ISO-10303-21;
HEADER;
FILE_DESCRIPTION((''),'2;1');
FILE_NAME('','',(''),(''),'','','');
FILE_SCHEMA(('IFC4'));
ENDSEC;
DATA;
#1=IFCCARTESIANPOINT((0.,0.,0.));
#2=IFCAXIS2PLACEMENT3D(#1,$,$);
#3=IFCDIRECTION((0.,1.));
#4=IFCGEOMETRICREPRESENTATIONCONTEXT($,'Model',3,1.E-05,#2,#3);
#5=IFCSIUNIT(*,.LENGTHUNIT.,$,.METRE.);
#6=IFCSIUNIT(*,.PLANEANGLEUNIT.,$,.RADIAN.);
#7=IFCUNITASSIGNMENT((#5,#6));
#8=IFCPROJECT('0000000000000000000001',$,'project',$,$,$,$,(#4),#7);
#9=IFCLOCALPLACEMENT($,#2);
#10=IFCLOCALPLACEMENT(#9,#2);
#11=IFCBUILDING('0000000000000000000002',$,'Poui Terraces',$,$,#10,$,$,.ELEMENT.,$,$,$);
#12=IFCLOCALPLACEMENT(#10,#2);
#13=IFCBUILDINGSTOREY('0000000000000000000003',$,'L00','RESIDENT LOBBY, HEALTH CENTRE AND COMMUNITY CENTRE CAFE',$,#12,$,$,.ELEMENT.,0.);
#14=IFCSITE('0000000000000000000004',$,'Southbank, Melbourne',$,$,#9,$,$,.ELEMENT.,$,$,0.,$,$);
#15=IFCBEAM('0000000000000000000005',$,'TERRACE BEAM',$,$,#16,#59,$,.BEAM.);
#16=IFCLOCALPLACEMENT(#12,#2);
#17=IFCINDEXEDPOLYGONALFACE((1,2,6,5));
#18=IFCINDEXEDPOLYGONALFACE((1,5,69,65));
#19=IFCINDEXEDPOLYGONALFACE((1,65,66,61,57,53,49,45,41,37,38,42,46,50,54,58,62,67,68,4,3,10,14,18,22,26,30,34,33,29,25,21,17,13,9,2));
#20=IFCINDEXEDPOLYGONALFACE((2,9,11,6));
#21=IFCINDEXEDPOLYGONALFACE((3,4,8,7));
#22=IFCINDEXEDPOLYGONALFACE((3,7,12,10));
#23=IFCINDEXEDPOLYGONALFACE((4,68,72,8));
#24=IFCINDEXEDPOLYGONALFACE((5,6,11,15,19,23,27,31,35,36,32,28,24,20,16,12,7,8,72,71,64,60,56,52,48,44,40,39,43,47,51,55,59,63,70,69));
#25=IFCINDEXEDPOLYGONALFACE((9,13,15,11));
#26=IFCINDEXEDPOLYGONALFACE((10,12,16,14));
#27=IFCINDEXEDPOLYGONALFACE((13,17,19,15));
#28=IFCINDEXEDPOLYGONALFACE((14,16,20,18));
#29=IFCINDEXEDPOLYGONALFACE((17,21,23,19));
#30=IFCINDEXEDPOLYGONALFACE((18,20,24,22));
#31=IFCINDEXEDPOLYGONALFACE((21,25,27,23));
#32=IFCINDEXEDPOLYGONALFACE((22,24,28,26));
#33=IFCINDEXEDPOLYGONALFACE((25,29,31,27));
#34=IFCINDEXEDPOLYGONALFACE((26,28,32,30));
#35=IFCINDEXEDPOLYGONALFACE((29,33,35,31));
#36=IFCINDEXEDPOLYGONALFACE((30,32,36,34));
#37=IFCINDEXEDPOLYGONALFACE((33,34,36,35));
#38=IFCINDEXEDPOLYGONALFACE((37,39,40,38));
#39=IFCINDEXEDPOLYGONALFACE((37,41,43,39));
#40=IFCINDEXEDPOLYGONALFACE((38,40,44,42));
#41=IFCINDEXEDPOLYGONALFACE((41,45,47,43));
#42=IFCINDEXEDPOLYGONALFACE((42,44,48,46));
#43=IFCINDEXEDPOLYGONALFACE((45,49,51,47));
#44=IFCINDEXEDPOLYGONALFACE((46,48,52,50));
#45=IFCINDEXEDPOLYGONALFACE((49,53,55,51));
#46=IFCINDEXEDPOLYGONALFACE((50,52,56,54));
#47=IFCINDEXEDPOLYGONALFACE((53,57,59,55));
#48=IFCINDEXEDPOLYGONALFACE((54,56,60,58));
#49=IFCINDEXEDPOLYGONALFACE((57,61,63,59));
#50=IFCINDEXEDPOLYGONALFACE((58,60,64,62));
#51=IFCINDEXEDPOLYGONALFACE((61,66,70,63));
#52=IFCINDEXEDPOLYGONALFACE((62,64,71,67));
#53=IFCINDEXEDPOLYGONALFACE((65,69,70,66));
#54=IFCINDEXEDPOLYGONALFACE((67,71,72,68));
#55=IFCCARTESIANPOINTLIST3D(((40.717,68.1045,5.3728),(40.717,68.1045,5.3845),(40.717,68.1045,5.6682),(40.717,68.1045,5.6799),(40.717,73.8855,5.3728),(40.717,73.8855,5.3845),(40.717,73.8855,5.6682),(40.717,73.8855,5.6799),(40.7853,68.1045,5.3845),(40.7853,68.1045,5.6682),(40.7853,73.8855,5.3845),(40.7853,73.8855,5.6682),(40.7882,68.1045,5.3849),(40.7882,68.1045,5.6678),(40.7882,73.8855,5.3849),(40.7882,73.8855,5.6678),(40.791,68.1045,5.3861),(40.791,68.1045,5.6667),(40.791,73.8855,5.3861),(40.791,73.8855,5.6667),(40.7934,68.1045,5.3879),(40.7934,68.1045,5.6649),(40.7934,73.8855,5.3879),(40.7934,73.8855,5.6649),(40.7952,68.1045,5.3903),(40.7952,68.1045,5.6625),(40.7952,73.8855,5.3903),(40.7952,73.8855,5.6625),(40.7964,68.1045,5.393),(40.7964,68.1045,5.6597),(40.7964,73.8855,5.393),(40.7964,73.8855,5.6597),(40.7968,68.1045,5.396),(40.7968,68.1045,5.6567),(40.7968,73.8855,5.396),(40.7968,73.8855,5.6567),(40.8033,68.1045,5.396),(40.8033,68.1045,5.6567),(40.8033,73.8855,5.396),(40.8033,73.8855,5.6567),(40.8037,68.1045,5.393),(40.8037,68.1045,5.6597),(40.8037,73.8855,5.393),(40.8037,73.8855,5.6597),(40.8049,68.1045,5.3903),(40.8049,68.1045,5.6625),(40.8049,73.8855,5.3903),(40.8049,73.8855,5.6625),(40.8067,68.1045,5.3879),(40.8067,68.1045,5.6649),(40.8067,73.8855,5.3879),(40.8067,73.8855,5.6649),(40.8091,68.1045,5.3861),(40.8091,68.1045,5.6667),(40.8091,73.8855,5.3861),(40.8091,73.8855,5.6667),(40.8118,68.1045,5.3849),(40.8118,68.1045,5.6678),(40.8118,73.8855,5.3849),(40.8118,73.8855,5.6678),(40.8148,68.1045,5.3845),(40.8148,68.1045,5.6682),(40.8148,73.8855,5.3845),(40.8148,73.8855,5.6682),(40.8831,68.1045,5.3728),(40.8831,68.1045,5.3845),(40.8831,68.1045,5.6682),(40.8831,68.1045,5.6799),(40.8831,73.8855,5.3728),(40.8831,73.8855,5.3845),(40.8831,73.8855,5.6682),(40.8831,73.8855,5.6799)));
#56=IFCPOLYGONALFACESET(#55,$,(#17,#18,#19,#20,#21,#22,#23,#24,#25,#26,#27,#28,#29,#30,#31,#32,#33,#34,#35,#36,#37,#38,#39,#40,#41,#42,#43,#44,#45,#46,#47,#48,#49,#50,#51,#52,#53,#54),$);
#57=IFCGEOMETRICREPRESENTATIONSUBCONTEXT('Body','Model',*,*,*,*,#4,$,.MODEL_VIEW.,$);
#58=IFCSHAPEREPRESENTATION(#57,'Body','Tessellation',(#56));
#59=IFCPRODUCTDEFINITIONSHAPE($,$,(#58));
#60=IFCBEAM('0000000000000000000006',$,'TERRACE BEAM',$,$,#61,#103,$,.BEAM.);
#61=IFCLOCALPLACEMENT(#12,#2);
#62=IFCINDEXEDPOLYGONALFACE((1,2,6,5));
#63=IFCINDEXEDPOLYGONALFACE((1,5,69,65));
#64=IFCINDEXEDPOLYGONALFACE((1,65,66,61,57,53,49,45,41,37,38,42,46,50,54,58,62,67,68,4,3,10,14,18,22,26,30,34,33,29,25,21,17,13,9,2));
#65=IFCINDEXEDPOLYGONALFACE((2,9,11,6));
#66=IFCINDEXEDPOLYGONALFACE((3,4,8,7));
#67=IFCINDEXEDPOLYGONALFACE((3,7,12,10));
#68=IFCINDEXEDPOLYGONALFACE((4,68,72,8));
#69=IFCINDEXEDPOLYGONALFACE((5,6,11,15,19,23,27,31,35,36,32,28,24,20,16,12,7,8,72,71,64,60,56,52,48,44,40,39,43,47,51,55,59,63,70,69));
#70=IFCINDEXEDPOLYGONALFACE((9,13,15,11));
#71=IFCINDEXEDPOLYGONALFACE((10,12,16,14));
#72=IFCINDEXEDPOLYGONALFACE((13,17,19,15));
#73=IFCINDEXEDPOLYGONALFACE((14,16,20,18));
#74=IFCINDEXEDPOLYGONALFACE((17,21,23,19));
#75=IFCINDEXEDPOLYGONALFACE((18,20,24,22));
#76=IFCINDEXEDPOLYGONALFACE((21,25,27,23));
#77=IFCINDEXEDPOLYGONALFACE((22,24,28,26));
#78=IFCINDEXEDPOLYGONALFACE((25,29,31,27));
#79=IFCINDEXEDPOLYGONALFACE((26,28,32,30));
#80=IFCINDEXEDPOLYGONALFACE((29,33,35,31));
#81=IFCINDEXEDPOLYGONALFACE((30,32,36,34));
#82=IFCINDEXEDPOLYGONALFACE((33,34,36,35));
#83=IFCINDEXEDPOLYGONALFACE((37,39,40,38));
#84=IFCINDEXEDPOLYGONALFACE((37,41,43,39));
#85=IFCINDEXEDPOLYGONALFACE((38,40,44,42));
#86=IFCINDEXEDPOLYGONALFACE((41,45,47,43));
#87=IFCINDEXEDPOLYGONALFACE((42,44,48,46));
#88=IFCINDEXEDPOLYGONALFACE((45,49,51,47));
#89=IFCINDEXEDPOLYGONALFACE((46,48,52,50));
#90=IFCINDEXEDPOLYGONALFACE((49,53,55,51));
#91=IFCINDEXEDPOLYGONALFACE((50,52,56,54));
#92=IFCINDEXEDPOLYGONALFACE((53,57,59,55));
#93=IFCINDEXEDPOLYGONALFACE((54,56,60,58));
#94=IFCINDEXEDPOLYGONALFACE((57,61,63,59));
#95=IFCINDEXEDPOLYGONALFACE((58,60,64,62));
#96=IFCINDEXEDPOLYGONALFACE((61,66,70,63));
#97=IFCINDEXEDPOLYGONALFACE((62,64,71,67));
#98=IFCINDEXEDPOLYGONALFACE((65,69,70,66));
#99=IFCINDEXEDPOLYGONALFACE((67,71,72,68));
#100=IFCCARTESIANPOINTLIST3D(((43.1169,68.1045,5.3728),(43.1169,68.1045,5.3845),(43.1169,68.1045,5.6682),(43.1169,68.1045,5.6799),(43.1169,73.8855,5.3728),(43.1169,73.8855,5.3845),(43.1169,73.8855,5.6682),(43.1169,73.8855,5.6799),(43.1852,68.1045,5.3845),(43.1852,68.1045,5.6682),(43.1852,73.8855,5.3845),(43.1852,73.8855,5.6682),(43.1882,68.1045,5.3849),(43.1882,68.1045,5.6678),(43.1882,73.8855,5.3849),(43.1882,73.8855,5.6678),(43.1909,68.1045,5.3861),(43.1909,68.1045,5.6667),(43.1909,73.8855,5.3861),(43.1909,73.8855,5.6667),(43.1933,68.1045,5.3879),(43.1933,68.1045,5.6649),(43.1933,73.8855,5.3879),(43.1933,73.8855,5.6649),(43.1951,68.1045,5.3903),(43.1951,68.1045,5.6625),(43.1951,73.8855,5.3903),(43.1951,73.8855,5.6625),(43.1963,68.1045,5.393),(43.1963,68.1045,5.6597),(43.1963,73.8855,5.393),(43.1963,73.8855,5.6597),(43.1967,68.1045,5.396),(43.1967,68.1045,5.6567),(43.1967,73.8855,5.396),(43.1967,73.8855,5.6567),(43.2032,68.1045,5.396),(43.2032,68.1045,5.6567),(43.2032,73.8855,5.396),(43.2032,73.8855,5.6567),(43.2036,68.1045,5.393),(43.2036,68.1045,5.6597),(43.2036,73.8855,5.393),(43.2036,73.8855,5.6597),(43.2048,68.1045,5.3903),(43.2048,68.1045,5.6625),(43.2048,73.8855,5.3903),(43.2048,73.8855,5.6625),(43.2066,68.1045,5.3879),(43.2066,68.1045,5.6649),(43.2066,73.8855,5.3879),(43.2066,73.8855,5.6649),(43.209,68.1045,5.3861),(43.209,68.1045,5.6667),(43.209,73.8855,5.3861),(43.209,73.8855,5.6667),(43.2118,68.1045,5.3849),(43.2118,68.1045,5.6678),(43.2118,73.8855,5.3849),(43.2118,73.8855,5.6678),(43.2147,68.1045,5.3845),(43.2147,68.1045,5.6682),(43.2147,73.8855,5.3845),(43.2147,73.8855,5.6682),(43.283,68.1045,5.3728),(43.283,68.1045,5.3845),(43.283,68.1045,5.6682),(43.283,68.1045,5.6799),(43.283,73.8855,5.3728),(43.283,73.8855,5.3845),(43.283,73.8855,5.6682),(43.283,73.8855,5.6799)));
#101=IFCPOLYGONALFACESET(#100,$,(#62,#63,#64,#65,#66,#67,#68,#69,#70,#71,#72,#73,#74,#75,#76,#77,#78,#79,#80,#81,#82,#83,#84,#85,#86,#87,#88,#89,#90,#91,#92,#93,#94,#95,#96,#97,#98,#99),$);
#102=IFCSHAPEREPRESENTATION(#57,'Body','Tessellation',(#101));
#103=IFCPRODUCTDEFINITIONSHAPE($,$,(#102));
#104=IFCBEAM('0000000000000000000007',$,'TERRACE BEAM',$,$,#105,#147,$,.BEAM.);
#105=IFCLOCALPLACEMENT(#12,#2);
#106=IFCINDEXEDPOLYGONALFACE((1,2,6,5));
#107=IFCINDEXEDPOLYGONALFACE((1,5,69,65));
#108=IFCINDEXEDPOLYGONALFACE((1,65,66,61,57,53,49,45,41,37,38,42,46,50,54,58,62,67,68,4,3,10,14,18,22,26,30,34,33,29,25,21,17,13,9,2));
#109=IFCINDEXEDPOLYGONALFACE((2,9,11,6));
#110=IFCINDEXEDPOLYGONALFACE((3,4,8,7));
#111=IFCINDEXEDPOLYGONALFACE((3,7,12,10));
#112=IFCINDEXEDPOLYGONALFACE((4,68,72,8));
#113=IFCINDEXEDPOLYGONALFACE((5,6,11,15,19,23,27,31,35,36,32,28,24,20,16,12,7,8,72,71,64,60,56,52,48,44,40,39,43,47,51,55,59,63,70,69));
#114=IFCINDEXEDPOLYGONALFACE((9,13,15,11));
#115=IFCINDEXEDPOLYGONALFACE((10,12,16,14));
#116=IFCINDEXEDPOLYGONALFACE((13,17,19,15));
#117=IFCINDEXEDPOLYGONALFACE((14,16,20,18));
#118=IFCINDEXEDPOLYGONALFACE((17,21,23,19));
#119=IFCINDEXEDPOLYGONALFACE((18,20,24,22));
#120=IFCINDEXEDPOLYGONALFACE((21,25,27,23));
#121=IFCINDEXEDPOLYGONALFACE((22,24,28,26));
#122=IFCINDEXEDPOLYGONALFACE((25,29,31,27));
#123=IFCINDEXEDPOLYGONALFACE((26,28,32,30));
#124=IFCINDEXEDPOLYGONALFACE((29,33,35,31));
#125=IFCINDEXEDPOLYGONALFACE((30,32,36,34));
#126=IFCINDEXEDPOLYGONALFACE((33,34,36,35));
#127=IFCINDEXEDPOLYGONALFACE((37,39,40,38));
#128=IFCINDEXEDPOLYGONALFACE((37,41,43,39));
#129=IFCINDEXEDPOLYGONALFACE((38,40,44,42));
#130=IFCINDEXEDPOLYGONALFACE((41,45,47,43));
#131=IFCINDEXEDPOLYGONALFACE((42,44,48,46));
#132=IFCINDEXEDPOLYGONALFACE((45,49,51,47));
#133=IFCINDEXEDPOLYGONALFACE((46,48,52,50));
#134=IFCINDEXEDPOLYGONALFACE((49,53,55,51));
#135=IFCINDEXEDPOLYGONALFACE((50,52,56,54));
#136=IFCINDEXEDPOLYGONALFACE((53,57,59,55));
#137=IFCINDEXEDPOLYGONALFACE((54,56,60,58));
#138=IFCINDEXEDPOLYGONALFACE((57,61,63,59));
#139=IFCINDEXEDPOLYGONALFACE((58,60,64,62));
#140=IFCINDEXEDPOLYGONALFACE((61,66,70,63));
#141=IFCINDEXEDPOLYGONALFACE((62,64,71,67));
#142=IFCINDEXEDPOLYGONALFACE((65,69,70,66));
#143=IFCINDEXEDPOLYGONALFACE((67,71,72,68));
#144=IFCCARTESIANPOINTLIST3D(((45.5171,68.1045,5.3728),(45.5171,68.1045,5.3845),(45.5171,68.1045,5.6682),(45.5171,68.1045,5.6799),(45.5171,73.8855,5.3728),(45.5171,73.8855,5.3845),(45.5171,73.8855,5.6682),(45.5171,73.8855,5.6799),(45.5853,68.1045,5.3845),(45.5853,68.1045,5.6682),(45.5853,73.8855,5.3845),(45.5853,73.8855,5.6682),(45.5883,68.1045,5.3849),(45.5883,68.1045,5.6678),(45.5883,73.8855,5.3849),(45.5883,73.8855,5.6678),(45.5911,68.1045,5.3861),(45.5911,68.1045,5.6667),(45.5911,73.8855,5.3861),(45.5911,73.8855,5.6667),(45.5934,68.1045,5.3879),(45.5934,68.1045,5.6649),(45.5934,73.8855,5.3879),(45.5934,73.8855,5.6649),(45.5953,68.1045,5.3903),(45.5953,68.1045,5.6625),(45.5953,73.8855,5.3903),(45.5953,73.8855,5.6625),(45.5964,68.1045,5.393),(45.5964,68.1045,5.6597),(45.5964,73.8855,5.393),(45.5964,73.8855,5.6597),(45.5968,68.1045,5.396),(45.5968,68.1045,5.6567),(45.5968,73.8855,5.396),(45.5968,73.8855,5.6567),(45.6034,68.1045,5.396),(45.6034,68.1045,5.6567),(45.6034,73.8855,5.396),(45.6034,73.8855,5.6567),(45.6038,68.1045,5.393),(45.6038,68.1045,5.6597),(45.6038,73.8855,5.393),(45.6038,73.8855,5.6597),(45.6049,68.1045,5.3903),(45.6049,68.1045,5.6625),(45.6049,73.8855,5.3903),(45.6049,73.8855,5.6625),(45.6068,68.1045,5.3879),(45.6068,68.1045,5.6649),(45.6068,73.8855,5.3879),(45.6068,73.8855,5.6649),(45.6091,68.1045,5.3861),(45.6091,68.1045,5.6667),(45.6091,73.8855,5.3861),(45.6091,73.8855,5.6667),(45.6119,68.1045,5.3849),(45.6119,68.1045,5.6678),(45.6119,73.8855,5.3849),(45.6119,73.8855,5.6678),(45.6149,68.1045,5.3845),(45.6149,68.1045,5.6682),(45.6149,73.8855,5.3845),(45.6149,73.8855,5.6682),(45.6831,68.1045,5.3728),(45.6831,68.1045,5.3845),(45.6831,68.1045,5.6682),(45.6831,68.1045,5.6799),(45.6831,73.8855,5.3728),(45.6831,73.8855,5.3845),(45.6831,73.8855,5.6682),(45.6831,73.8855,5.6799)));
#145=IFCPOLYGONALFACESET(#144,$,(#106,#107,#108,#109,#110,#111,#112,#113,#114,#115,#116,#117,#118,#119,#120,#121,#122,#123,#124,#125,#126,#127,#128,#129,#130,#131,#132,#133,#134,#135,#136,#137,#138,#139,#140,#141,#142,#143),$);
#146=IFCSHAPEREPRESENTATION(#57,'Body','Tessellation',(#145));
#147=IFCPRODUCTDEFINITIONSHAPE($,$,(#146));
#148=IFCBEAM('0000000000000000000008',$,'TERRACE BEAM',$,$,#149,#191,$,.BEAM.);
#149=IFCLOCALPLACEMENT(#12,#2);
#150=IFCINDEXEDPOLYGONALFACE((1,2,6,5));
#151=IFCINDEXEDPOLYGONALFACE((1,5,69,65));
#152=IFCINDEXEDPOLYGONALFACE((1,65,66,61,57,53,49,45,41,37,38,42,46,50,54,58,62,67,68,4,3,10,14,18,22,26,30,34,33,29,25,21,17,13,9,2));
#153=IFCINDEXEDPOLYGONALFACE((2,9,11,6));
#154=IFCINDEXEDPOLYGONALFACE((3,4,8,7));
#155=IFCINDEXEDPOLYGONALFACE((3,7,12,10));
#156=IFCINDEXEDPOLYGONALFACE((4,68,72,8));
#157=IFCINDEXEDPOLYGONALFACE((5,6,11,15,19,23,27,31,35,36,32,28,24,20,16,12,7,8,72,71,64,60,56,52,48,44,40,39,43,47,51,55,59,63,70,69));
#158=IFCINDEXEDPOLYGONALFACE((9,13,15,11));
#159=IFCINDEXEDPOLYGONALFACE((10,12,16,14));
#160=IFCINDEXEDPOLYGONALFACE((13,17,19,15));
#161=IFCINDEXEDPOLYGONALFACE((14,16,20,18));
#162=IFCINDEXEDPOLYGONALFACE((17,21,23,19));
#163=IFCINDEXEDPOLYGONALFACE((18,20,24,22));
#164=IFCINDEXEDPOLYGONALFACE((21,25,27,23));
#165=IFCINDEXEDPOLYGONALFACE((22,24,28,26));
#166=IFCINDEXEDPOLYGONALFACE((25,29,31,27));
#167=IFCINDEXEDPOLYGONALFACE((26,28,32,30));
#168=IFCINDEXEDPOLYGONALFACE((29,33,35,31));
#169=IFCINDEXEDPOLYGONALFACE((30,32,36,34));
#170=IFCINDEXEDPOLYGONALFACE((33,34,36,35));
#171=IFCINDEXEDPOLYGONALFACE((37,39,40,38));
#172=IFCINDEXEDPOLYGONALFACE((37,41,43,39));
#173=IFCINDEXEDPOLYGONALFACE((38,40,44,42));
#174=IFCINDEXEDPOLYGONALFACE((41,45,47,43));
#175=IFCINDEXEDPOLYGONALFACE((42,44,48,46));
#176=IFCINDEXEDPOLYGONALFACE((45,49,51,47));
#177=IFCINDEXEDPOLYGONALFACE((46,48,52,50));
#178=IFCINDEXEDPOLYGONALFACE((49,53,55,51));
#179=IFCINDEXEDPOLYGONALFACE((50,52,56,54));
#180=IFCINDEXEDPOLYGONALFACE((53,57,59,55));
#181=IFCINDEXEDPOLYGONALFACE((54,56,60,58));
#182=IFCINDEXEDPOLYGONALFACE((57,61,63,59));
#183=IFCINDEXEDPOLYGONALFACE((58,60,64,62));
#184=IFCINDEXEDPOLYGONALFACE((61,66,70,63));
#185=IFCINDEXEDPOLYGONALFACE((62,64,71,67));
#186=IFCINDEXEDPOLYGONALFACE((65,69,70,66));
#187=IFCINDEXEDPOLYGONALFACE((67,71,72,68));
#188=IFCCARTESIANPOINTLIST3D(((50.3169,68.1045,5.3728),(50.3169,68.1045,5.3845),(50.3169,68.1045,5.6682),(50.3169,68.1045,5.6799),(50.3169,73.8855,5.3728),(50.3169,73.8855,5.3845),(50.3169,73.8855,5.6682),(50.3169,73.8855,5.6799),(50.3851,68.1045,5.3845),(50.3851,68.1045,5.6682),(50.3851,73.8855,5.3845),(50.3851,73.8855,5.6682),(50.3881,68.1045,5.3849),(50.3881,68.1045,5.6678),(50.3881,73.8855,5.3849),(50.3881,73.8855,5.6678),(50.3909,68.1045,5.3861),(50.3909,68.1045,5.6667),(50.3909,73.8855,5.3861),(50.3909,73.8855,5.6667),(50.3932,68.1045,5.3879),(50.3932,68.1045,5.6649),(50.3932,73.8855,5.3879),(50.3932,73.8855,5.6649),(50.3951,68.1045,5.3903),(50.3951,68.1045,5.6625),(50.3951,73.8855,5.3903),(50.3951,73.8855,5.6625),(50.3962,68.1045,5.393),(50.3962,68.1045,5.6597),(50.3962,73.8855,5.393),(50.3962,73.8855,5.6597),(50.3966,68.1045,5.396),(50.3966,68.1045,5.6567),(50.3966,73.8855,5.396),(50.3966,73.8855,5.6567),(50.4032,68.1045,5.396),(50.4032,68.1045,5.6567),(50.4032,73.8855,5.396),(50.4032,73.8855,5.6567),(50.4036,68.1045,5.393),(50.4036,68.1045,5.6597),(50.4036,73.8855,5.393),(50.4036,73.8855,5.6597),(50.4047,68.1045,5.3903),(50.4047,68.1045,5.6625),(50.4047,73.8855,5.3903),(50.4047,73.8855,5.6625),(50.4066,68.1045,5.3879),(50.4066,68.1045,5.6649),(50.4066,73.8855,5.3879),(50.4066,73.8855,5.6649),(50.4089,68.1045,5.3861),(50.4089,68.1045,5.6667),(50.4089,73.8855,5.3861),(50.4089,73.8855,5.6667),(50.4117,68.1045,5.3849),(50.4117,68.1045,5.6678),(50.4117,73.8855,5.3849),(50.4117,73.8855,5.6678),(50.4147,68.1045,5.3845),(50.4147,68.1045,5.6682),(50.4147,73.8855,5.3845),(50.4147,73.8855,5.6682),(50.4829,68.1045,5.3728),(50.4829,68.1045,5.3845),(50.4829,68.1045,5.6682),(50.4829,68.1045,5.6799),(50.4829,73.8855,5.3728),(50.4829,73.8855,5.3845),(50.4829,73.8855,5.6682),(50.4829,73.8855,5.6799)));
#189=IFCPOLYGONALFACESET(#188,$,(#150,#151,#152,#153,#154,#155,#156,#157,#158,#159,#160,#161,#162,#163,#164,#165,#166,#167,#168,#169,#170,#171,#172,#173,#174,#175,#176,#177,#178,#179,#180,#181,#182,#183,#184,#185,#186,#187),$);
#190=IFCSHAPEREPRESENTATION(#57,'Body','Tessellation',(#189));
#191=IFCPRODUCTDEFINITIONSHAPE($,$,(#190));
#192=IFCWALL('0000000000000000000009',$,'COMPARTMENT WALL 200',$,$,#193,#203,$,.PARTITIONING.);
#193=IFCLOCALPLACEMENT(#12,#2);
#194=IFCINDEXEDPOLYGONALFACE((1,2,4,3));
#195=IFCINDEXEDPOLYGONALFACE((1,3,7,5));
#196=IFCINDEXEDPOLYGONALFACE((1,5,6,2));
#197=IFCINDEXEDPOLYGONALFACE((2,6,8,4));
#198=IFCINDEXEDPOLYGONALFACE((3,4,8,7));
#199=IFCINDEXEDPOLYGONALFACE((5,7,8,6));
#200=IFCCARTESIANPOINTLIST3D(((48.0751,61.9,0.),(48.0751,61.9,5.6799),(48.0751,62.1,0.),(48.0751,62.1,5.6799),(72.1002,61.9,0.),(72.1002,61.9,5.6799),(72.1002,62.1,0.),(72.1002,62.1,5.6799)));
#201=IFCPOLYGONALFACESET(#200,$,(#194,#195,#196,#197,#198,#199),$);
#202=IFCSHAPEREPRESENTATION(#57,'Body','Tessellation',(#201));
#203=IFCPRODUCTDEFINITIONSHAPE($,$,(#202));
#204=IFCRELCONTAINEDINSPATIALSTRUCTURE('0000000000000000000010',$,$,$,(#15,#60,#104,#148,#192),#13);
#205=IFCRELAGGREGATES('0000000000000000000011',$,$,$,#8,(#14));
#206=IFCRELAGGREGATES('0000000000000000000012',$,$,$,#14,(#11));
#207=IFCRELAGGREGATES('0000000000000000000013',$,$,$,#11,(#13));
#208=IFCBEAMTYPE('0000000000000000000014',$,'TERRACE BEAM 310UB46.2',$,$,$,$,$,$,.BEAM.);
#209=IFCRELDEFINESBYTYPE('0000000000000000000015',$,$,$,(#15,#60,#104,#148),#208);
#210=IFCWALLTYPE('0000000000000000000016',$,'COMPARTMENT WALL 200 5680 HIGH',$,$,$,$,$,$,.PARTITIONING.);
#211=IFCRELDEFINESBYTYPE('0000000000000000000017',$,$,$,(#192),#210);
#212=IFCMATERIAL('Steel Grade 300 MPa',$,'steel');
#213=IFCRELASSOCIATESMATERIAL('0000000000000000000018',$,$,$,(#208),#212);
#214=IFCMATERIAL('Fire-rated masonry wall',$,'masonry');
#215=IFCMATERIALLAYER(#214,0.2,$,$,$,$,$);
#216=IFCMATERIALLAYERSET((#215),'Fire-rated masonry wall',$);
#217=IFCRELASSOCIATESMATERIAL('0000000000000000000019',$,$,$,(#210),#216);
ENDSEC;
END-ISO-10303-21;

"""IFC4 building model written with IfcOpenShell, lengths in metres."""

from ifc_helpers import new_model, si_unit, direction, frame, frame_2d, origin, origin_2d, place, context, subcontext, project, spatial, rectangle, i_section, extrude, source, transform, mapped, material, layer, layer_set, material_profile, profile_set, type_object, element, save


model = new_model("IFC4")

# Units and contexts
model_context = context("Model", 3, precision=1e-05, world=origin(), true_north=direction((0.0, 1.0)))
body_context = subcontext(model_context, "Body", "Model", "MODEL_VIEW")
ifc_project = project(units=[si_unit("LENGTHUNIT", "METRE"), si_unit("PLANEANGLEUNIT", "RADIAN")], contexts=[model_context])

# Site, building, storey
site_placement = place(None, origin())
site = spatial("IfcSite", under=ifc_project, at=site_placement, Name="Southbank, Melbourne", CompositionType="ELEMENT", RefElevation=0.0)
building_placement = place(site_placement, origin())
building = spatial("IfcBuilding", under=site, at=building_placement, Name="Poui Terraces", CompositionType="ELEMENT")
storey_placement = place(building_placement, origin())
storey = spatial("IfcBuildingStorey", under=building, at=storey_placement, Name="L00", Description="RESIDENT LOBBY, HEALTH CENTRE AND COMMUNITY CENTRE CAFE", CompositionType="ELEMENT", Elevation=0.0)

# Beams
ifc_material_1 = material(Name="Steel Grade 300 MPa", Category="steel")
ifc_material_profile_1 = material_profile(ifc_material_1, i_section(OverallWidth=0.166, OverallDepth=0.3071, WebThickness=0.0066, FlangeThickness=0.0117, FilletRadius=0.0115, at=origin_2d()), Name="310UB46.2")
ifc_profile_set_1 = profile_set([ifc_material_profile_1], Name="Steel Grade 300 MPa")
beam_type_1 = type_object("IfcBeamType", Name="TERRACE BEAM 310UB46.2", PredefinedType="BEAM", material=ifc_profile_set_1)
shared_shape_1 = source(origin(), body_context, "Body", "SweptSolid", [
    extrude(i_section(OverallWidth=0.166, OverallDepth=0.3071, WebThickness=0.0066, FlangeThickness=0.0117, FilletRadius=0.0115, at=origin_2d()), origin(), (0.0, 0.0, 1.0), 5.781),
])
for number, where, z_axis, x_axis, name in (
    (1, (40.8, 68.1045, 5.5264), (0.0, 1.0, 0.0), (-1.0, 0.0, 0.0), "TERRACE BEAM"),
    (2, (43.2, 68.1045, 5.5264), (0.0, 1.0, 0.0), (-1.0, 0.0, 0.0), "TERRACE BEAM"),
    (3, (45.6001, 68.1045, 5.5264), (0.0, 1.0, 0.0), (-1.0, 0.0, 0.0), "TERRACE BEAM"),
    (4, (50.3999, 68.1045, 5.5264), (0.0, 1.0, 0.0), (-1.0, 0.0, 0.0), "TERRACE BEAM"),
):
    element("IfcBeam", number, at=place(storey_placement, frame(where, z_axis=z_axis, x_axis=x_axis)), inside=storey, type_object=beam_type_1, Name=name, PredefinedType="BEAM", context=body_context, shape_type="MappedRepresentation", body=[
        mapped(shared_shape_1, transform((0.0, 0.0, 0.0))),
    ])

# Wall
ifc_material_2 = material(Name="Fire-rated masonry wall", Category="masonry")
ifc_layer = layer(ifc_material_2, 0.2)
ifc_layer_set = layer_set([ifc_layer], Name="Fire-rated masonry wall")
wall_type = type_object("IfcWallType", Name="COMPARTMENT WALL 200 5680 HIGH", PredefinedType="PARTITIONING", material=ifc_layer_set)
wall_placement = place(storey_placement, frame((48.075, 62.0, 0.0), z_axis=(0.0, 0.0, 1.0), x_axis=(1.0, 0.0, 0.0)))
element("IfcWall", 5, at=wall_placement, inside=storey, type_object=wall_type, Name="COMPARTMENT WALL 200", PredefinedType="PARTITIONING", context=body_context, shape_type="SweptSolid", body=[
    extrude(rectangle(XDim=24.0251, YDim=0.2, at=frame_2d((12.0127, 0.0))), origin(), (0.0, 0.0, 1.0), 5.6799),
])

save(model, "model.ifc")
